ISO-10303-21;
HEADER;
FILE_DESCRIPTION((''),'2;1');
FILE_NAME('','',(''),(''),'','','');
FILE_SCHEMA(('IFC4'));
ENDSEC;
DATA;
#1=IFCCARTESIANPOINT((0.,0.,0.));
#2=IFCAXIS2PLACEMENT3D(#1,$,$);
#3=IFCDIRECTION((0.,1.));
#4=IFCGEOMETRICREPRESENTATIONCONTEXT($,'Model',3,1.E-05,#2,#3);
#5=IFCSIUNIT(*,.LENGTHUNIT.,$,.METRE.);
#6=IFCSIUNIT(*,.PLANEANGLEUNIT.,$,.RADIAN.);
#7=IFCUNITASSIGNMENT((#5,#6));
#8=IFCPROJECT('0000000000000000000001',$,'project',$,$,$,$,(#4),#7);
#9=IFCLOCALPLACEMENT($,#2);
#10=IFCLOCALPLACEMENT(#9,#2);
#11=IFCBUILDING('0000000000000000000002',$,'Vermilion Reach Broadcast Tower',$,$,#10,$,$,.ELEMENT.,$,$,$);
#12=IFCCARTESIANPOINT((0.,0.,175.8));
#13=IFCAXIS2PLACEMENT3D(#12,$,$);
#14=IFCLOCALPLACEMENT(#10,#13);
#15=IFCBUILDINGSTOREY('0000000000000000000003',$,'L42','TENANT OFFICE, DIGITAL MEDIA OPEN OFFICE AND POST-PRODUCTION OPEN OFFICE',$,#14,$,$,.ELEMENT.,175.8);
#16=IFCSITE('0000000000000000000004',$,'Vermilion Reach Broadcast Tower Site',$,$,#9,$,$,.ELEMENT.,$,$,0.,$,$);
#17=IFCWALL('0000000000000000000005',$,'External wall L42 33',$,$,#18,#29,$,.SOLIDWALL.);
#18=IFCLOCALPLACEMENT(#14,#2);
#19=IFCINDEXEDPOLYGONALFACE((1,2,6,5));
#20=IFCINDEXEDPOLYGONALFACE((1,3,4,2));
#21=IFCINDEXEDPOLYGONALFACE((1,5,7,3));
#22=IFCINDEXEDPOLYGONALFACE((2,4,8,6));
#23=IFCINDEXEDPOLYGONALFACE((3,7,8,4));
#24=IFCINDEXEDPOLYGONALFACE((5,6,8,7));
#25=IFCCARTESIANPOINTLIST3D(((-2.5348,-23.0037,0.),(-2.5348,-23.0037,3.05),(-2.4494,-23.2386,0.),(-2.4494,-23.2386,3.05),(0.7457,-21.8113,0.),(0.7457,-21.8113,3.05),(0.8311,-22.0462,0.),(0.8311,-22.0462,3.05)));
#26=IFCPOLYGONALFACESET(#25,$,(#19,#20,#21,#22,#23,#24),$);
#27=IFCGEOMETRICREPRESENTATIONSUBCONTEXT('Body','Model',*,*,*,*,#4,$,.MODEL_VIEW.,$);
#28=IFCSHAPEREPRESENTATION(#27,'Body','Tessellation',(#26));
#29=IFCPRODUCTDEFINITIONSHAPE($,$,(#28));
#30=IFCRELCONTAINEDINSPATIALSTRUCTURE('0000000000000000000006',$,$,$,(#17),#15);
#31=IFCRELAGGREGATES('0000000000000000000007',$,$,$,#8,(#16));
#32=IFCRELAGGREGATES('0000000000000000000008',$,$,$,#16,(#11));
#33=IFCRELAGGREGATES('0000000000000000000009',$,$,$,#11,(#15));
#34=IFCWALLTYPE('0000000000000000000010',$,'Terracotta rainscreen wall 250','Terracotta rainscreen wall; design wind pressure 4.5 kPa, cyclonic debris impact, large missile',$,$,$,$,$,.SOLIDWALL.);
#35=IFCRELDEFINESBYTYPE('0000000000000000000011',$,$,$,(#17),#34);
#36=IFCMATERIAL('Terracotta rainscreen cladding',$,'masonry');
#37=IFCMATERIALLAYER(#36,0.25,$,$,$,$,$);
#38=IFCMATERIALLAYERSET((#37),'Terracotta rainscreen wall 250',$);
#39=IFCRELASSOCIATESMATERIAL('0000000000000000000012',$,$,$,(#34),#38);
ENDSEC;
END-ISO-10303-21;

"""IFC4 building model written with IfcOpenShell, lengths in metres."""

from ifc_helpers import new_model, si_unit, direction, frame, frame_2d, origin, place, context, subcontext, project, spatial, rectangle, extrude, material, layer, layer_set, type_object, element, save


model = new_model("IFC4")

# Units and contexts
model_context = context("Model", 3, precision=1e-05, world=origin(), true_north=direction((0.0, 1.0)))
body_context = subcontext(model_context, "Body", "Model", "MODEL_VIEW")
ifc_project = project(units=[si_unit("LENGTHUNIT", "METRE"), si_unit("PLANEANGLEUNIT", "RADIAN")], contexts=[model_context])

# Site, building, storey
site_placement = place(None, origin())
site = spatial("IfcSite", under=ifc_project, at=site_placement, Name="Vermilion Reach Broadcast Tower Site", CompositionType="ELEMENT", RefElevation=0.0)
building_placement = place(site_placement, origin())
building = spatial("IfcBuilding", under=site, at=building_placement, Name="Vermilion Reach Broadcast Tower", CompositionType="ELEMENT")
storey_placement = place(building_placement, frame((0.0, 0.0, 175.8)))
storey = spatial("IfcBuildingStorey", under=building, at=storey_placement, Name="L42", Description="TENANT OFFICE, DIGITAL MEDIA OPEN OFFICE AND POST-PRODUCTION OPEN OFFICE", CompositionType="ELEMENT", Elevation=175.8)

# Wall
ifc_material_1 = material(Name="Terracotta rainscreen cladding", Category="masonry")
ifc_layer_1 = layer(ifc_material_1, 0.25)
ifc_layer_set_1 = layer_set([ifc_layer_1], Name="Terracotta rainscreen wall 250")
wall_type_1 = type_object("IfcWallType", Name="Terracotta rainscreen wall 250", Description="Terracotta rainscreen wall; design wind pressure 4.5 kPa, cyclonic debris impact, large missile", PredefinedType="SOLIDWALL", material=ifc_layer_set_1)
wall_1_placement = place(storey_placement, frame((-2.4919, -23.1211, 0.0), z_axis=(0.0, 0.0, 1.0), x_axis=(0.939842, 0.341608, 0.0)))
element("IfcWall", 1, at=wall_1_placement, inside=storey, type_object=wall_type_1, Name="External wall L42 33", PredefinedType="SOLIDWALL", context=body_context, shape_type="SweptSolid", body=[
    extrude(rectangle(XDim=3.4905, YDim=0.25, at=frame_2d((1.7451, 0.0))), origin(), (0.0, 0.0, 1.0), 3.05),
])

save(model, "model.ifc")
